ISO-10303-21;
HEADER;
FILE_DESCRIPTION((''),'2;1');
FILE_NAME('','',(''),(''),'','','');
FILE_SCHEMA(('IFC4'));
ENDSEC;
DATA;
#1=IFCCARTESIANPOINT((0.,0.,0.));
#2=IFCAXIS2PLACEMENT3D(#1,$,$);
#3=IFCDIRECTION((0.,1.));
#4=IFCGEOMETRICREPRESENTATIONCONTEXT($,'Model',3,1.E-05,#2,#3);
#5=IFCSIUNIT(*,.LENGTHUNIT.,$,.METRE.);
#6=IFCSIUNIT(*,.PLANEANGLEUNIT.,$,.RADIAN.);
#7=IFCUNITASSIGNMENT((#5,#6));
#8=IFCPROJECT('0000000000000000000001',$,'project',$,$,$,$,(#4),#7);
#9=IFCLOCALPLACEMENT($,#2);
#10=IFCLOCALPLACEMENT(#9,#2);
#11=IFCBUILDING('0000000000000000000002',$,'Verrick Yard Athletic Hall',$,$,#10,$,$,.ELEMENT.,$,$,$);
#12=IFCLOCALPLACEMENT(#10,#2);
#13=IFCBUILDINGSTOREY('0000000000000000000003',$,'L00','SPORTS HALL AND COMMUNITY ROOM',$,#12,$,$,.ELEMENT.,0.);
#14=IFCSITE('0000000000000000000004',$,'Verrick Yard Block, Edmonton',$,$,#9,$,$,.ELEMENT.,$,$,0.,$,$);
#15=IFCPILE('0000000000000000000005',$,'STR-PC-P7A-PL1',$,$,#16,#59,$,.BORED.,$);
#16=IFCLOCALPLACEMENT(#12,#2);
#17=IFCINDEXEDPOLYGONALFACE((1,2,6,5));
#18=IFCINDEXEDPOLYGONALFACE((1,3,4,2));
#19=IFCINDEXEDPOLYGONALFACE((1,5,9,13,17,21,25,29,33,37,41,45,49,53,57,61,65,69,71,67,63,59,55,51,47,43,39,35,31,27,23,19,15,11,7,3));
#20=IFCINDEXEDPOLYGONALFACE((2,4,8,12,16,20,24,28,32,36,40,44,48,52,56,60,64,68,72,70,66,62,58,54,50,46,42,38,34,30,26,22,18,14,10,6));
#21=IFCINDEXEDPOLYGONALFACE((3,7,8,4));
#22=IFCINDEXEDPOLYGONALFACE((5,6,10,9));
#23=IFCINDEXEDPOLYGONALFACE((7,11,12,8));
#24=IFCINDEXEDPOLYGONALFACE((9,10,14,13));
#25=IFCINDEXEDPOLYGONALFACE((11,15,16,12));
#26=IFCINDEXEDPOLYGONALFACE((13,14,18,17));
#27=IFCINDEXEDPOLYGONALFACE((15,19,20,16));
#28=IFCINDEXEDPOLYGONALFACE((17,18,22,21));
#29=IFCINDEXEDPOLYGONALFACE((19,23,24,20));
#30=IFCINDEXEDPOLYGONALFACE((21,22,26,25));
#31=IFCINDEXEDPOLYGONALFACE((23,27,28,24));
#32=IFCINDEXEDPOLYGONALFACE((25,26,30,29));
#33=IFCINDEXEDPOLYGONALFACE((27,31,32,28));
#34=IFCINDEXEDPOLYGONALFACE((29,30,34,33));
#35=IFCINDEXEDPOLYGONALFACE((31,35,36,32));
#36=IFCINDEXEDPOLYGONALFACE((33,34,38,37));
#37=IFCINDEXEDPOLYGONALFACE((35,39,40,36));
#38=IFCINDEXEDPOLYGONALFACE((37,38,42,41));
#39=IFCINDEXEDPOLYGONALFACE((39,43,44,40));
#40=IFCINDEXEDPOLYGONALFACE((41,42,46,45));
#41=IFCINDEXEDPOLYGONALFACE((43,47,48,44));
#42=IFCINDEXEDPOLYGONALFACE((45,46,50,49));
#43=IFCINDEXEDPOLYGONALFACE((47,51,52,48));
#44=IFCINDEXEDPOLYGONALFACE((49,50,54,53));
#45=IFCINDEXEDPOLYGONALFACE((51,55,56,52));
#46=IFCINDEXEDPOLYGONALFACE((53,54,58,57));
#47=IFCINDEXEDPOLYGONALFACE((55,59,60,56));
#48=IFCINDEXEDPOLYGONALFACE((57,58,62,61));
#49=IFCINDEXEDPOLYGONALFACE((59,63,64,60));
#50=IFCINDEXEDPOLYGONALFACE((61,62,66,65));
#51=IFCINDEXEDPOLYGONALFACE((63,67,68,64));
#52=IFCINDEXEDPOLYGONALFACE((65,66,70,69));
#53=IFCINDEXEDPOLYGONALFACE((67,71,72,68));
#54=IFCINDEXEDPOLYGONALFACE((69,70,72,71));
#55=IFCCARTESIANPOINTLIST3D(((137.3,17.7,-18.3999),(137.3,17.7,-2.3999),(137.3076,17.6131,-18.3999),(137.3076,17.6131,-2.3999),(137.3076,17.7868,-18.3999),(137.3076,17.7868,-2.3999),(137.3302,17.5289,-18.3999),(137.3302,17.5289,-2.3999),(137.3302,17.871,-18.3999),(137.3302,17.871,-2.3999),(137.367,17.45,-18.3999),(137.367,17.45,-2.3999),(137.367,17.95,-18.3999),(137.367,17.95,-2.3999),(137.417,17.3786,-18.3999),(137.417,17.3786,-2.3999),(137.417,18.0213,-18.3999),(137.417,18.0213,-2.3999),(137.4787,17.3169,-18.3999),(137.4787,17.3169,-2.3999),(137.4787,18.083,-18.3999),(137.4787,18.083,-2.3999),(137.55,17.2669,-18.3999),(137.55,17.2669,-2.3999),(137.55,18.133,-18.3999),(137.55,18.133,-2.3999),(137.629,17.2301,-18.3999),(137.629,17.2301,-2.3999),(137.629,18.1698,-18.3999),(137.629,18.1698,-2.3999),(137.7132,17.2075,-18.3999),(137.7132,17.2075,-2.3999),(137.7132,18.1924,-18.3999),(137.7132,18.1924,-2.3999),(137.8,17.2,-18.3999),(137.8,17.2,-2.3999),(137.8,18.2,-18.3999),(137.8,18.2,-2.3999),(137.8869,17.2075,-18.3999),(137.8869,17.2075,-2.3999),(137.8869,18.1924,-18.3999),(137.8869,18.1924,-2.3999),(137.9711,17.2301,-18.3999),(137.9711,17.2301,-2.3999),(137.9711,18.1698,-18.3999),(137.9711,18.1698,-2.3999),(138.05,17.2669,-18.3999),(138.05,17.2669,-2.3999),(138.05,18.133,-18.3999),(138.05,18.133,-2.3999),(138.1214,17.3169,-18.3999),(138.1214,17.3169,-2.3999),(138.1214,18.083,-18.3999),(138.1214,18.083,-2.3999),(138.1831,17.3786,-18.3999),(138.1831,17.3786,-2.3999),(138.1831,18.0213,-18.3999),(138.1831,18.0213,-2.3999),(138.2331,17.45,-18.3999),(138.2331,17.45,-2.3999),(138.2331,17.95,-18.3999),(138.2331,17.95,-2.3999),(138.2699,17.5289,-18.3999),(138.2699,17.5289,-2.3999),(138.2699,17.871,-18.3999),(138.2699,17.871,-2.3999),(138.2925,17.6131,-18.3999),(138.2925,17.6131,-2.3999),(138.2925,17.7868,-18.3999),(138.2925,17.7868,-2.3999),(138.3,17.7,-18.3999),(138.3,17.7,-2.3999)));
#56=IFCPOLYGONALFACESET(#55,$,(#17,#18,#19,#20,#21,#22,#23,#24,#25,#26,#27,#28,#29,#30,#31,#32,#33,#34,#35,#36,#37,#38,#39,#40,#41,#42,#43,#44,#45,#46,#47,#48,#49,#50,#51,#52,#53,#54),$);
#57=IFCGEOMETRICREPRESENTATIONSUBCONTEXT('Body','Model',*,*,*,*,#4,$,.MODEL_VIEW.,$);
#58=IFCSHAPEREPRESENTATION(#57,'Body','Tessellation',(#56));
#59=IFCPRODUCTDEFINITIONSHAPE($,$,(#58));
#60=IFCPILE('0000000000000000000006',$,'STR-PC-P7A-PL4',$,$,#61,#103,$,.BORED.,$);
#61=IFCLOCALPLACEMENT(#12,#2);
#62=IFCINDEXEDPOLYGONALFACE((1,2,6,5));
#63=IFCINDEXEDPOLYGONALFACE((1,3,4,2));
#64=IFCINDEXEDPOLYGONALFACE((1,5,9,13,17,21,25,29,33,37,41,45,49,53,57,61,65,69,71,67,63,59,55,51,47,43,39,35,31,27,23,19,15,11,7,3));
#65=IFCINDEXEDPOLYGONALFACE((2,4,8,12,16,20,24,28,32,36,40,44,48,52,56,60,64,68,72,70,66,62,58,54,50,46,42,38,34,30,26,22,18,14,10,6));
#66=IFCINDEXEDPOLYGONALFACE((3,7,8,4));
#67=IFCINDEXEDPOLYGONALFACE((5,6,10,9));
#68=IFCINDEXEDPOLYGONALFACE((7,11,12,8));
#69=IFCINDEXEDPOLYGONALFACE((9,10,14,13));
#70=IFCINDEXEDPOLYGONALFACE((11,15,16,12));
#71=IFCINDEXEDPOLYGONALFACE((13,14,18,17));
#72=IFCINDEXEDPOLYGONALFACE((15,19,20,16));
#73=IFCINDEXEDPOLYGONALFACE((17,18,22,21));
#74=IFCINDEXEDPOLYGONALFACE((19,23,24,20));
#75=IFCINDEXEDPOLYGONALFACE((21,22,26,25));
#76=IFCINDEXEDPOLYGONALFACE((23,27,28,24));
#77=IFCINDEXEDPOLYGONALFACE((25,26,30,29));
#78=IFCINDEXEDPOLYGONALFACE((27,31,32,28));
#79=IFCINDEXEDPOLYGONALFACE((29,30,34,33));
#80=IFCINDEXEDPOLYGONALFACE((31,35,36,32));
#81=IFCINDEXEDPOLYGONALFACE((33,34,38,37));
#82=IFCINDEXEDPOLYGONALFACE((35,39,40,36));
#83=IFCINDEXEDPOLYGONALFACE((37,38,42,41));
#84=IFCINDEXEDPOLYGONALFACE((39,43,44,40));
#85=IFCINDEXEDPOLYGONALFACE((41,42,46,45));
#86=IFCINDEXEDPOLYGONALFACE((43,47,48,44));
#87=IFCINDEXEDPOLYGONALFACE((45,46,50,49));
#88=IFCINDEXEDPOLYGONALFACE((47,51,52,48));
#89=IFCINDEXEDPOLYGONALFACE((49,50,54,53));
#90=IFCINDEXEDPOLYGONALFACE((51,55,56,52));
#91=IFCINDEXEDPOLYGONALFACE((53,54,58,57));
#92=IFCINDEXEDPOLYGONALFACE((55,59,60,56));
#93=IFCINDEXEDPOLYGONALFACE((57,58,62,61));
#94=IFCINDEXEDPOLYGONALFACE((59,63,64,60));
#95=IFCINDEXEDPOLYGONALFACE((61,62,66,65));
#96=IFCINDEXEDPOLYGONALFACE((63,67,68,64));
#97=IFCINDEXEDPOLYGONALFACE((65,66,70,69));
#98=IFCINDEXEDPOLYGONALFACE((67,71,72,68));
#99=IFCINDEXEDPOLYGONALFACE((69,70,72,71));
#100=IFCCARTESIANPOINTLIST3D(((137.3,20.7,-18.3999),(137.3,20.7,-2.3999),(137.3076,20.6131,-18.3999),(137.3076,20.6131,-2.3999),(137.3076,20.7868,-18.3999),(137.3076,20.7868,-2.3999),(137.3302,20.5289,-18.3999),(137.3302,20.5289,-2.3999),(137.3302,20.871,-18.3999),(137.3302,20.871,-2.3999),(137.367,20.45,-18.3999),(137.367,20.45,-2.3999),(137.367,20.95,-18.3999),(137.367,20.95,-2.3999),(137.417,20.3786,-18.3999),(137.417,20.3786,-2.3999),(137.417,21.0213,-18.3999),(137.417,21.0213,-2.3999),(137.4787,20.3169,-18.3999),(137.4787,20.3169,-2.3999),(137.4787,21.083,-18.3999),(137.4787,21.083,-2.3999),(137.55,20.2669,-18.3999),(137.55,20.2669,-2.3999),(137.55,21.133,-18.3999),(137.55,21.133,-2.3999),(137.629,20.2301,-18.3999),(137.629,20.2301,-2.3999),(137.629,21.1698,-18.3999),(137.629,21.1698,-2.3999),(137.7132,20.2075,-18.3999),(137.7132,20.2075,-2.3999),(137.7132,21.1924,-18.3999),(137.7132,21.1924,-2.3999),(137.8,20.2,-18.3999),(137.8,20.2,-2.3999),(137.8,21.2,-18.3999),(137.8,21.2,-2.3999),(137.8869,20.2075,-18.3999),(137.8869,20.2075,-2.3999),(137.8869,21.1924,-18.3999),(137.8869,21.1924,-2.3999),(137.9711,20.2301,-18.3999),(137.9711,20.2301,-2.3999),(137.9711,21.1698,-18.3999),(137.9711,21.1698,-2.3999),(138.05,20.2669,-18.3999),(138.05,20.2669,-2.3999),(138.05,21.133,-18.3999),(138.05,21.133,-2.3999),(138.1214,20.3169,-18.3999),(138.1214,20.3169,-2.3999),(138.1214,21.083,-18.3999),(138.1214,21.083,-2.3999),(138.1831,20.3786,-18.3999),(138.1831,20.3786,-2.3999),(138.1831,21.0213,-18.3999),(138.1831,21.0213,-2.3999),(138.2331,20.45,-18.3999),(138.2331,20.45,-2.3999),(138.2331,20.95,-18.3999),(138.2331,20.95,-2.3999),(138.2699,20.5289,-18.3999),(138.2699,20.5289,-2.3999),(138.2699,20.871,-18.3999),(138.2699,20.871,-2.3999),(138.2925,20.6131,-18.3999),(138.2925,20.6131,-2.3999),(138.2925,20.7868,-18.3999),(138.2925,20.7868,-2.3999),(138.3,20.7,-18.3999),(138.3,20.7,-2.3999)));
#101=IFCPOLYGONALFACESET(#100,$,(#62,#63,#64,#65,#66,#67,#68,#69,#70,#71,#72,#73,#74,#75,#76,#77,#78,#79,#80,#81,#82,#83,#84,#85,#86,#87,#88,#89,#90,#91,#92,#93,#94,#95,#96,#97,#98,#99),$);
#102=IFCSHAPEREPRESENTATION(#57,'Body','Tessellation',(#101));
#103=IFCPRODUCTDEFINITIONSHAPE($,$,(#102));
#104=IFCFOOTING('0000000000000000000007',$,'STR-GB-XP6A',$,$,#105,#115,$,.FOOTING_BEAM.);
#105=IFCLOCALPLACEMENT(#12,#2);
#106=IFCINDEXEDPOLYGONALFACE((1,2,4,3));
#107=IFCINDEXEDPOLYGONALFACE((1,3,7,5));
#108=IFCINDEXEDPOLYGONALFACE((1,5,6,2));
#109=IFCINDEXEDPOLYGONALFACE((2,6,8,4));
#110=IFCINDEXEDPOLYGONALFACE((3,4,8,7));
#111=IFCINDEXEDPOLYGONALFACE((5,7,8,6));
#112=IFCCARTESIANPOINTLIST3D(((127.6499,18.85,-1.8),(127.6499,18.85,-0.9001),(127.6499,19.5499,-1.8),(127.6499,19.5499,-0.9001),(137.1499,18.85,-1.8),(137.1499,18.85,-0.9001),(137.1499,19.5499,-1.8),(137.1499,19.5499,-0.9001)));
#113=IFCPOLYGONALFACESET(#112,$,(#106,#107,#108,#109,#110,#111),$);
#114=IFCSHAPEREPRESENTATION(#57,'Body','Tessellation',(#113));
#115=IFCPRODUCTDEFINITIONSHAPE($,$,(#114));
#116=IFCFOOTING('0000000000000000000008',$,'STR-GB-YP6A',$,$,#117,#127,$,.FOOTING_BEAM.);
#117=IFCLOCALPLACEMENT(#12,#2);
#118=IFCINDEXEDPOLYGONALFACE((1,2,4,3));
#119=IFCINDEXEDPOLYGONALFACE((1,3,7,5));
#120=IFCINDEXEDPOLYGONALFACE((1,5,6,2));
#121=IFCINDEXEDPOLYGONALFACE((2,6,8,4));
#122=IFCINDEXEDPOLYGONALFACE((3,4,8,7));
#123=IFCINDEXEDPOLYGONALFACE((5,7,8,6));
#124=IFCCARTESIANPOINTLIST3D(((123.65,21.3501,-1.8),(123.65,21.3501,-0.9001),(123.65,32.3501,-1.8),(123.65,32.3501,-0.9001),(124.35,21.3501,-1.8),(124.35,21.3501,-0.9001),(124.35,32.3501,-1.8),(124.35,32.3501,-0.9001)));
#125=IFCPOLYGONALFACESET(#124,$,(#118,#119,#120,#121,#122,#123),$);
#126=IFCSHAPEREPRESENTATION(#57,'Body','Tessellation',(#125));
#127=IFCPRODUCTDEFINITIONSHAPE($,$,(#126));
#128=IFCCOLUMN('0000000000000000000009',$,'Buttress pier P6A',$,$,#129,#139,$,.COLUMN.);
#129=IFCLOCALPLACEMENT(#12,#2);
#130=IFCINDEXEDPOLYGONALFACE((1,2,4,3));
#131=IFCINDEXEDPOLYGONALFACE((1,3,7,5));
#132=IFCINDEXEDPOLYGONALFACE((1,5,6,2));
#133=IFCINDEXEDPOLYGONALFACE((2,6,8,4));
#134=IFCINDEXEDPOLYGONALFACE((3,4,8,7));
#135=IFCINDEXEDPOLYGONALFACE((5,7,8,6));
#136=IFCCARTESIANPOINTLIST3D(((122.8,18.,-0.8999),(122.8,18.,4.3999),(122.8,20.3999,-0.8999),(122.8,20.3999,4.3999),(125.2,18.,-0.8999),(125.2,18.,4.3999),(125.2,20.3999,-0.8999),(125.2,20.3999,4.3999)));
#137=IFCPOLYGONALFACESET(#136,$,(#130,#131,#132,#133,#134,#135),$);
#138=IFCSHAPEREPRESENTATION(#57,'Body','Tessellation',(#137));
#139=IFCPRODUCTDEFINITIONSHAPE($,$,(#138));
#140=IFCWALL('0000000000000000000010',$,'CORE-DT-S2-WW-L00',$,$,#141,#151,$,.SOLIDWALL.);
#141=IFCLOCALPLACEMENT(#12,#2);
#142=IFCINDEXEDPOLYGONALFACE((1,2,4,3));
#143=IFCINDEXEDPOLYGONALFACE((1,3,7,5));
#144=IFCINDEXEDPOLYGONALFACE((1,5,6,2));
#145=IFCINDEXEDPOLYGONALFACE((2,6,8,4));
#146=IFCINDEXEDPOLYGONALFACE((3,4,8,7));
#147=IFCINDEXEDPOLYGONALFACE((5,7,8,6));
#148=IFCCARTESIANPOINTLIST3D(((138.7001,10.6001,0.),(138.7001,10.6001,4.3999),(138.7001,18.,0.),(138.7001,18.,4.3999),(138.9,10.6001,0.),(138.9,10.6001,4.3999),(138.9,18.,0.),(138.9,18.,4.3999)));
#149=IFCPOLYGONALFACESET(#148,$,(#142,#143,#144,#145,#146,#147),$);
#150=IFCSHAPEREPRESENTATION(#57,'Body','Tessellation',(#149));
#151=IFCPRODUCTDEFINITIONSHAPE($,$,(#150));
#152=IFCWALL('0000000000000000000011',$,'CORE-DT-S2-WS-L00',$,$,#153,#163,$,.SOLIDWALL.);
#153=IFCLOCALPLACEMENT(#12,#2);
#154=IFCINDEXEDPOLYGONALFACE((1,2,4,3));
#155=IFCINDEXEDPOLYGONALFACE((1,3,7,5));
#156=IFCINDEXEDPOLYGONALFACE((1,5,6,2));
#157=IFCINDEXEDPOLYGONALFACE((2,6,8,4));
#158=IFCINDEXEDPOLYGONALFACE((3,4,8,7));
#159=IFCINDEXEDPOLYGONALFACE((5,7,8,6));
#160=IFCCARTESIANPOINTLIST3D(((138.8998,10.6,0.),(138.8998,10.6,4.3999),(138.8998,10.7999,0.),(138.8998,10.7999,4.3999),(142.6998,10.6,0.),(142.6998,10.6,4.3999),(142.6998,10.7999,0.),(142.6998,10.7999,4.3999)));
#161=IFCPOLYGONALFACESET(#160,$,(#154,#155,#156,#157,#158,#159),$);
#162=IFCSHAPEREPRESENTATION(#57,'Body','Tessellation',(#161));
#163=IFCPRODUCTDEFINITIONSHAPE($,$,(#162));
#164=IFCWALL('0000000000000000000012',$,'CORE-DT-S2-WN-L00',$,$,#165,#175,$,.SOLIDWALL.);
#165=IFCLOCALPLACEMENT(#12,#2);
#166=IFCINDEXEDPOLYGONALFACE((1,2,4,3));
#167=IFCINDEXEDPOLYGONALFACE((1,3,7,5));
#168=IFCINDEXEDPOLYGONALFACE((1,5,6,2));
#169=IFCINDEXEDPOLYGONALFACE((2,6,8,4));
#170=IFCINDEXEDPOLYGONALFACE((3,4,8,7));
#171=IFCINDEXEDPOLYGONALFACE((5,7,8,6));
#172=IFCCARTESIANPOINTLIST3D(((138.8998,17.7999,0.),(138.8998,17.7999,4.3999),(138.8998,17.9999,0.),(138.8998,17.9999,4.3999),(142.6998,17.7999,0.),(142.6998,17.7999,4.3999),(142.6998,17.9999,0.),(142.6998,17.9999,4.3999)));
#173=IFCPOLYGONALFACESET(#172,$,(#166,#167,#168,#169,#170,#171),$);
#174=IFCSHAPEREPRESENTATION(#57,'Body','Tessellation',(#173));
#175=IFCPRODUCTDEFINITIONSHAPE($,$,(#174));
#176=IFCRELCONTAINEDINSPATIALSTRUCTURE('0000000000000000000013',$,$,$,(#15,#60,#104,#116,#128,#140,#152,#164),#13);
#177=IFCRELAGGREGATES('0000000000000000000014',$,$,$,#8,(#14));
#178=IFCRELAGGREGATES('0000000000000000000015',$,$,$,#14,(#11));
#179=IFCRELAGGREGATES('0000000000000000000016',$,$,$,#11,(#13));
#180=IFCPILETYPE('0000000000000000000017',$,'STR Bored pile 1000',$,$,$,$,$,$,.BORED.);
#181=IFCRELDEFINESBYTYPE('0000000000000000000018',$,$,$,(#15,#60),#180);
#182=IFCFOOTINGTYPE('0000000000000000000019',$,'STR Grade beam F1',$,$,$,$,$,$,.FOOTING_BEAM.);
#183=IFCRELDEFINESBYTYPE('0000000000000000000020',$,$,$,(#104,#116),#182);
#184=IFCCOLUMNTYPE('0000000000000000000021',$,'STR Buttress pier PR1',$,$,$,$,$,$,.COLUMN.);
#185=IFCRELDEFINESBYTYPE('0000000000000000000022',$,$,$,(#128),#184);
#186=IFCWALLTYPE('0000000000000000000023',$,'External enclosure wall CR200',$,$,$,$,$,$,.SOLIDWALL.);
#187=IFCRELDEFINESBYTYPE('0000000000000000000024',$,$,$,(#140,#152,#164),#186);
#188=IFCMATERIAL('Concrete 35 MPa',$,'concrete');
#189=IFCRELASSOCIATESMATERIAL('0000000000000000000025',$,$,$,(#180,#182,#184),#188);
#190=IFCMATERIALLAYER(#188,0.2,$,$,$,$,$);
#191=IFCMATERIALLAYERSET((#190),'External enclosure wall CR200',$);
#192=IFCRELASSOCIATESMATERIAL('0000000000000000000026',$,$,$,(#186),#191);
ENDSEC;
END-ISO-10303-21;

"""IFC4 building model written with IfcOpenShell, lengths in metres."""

from ifc_helpers import new_model, si_unit, direction, frame, frame_2d, origin, origin_2d, place, context, subcontext, project, spatial, rectangle, circle, extrude, material, layer, layer_set, material_profile, profile_set, type_object, element, save


model = new_model("IFC4")

# Units and contexts
model_context = context("Model", 3, precision=1e-05, world=origin(), true_north=direction((0.0, 1.0)))
body_context = subcontext(model_context, "Body", "Model", "MODEL_VIEW")
ifc_project = project(units=[si_unit("LENGTHUNIT", "METRE"), si_unit("PLANEANGLEUNIT", "RADIAN")], contexts=[model_context])

# Site, building, storey
site_placement = place(None, origin())
site = spatial("IfcSite", under=ifc_project, at=site_placement, Name="Verrick Yard Block, Edmonton", CompositionType="ELEMENT", RefElevation=0.0)
building_placement = place(site_placement, origin())
building = spatial("IfcBuilding", under=site, at=building_placement, Name="Verrick Yard Athletic Hall", CompositionType="ELEMENT")
storey_placement = place(building_placement, origin())
storey = spatial("IfcBuildingStorey", under=building, at=storey_placement, Name="L00", Description="SPORTS HALL AND COMMUNITY ROOM", CompositionType="ELEMENT", Elevation=0.0)

# Piles
ifc_material_1 = material(Name="Concrete 35 MPa", Category="concrete")
pile_type = type_object("IfcPileType", Name="STR Bored pile 1000", PredefinedType="BORED", material=ifc_material_1)
for number, where, z_axis, x_axis, name in (
    (1, (137.8, 17.7, -2.3999), (0.0, 0.0, -1.0), (1.0, 0.0, 0.0), "STR-PC-P7A-PL1"),
    (2, (137.8, 20.7, -2.3999), (0.0, 0.0, -1.0), (1.0, 0.0, 0.0), "STR-PC-P7A-PL4"),
):
    element("IfcPile", number, at=place(storey_placement, frame(where, z_axis=z_axis, x_axis=x_axis)), inside=storey, type_object=pile_type, Name=name, PredefinedType="BORED", context=body_context, shape_type="SweptSolid", body=[
        extrude(circle(Radius=0.5, at=origin_2d()), origin(), (0.0, 0.0, 1.0), 16.0),
    ])

# Footings
ifc_material_profile_1 = material_profile(ifc_material_1, rectangle(XDim=0.7, YDim=0.8999, at=origin_2d()), Name="STR Grade beam F1")
ifc_profile_set_1 = profile_set([ifc_material_profile_1], Name="Concrete 35 MPa")
footing_type = type_object("IfcFootingType", Name="STR Grade beam F1", PredefinedType="FOOTING_BEAM", material=ifc_profile_set_1)
footing_1_placement = place(storey_placement, frame((127.6499, 19.2, -1.3501), z_axis=(1.0, 0.0, 0.0), x_axis=(0.0, 1.0, 0.0)))
element("IfcFooting", 3, at=footing_1_placement, inside=storey, type_object=footing_type, Name="STR-GB-XP6A", PredefinedType="FOOTING_BEAM", context=body_context, shape_type="SweptSolid", body=[
    extrude(rectangle(XDim=0.7, YDim=0.8999, at=origin_2d()), origin(), (0.0, 0.0, 1.0), 9.5),
])
footing_2_placement = place(storey_placement, frame((124.0, 21.3501, -1.3501), z_axis=(0.0, 1.0, 0.0), x_axis=(-1.0, 0.0, 0.0)))
element("IfcFooting", 4, at=footing_2_placement, inside=storey, type_object=footing_type, Name="STR-GB-YP6A", PredefinedType="FOOTING_BEAM", context=body_context, shape_type="SweptSolid", body=[
    extrude(rectangle(XDim=0.7, YDim=0.8999, at=origin_2d()), origin(), (0.0, 0.0, 1.0), 11.0),
])

# Column
ifc_material_profile_2 = material_profile(ifc_material_1, rectangle(XDim=2.3999, YDim=2.3999, at=origin_2d()), Name="STR Buttress pier PR1")
ifc_profile_set_2 = profile_set([ifc_material_profile_2], Name="Concrete 35 MPa")
column_type = type_object("IfcColumnType", Name="STR Buttress pier PR1", PredefinedType="COLUMN", material=ifc_profile_set_2)
column_placement = place(storey_placement, frame((124.0, 19.2, -0.8999), z_axis=(0.0, 0.0, 1.0), x_axis=(1.0, 0.0, 0.0)))
element("IfcColumn", 5, at=column_placement, inside=storey, type_object=column_type, Name="Buttress pier P6A", PredefinedType="COLUMN", context=body_context, shape_type="SweptSolid", body=[
    extrude(rectangle(XDim=2.3999, YDim=2.3999, at=origin_2d()), origin(), (0.0, 0.0, 1.0), 5.2998),
])

# Walls
ifc_layer_1 = layer(ifc_material_1, 0.2)
ifc_layer_set_1 = layer_set([ifc_layer_1], Name="External enclosure wall CR200")
wall_type_1 = type_object("IfcWallType", Name="External enclosure wall CR200", PredefinedType="SOLIDWALL", material=ifc_layer_set_1)
wall_1_placement = place(storey_placement, frame((138.8, 10.6001, 0.0), z_axis=(0.0, 0.0, 1.0), x_axis=(0.0, 1.0, 0.0)))
element("IfcWall", 6, at=wall_1_placement, inside=storey, type_object=wall_type_1, Name="CORE-DT-S2-WW-L00", PredefinedType="SOLIDWALL", context=body_context, shape_type="SweptSolid", body=[
    extrude(rectangle(XDim=7.3999, YDim=0.2, at=frame_2d((3.7, 0.0))), origin(), (0.0, 0.0, 1.0), 4.3999),
])
for number, where, z_axis, x_axis, name in (
    (7, (138.8999, 10.7, 0.0), (0.0, 0.0, 1.0), (1.0, 0.0, 0.0), "CORE-DT-S2-WS-L00"),
    (8, (138.8999, 17.8999, 0.0), (0.0, 0.0, 1.0), (1.0, 0.0, 0.0), "CORE-DT-S2-WN-L00"),
):
    element("IfcWall", number, at=place(storey_placement, frame(where, z_axis=z_axis, x_axis=x_axis)), inside=storey, type_object=wall_type_1, Name=name, PredefinedType="SOLIDWALL", context=body_context, shape_type="SweptSolid", body=[
        extrude(rectangle(XDim=3.8, YDim=0.2, at=frame_2d((1.8999, 0.0))), origin(), (0.0, 0.0, 1.0), 4.3999),
    ])

save(model, "model.ifc")
